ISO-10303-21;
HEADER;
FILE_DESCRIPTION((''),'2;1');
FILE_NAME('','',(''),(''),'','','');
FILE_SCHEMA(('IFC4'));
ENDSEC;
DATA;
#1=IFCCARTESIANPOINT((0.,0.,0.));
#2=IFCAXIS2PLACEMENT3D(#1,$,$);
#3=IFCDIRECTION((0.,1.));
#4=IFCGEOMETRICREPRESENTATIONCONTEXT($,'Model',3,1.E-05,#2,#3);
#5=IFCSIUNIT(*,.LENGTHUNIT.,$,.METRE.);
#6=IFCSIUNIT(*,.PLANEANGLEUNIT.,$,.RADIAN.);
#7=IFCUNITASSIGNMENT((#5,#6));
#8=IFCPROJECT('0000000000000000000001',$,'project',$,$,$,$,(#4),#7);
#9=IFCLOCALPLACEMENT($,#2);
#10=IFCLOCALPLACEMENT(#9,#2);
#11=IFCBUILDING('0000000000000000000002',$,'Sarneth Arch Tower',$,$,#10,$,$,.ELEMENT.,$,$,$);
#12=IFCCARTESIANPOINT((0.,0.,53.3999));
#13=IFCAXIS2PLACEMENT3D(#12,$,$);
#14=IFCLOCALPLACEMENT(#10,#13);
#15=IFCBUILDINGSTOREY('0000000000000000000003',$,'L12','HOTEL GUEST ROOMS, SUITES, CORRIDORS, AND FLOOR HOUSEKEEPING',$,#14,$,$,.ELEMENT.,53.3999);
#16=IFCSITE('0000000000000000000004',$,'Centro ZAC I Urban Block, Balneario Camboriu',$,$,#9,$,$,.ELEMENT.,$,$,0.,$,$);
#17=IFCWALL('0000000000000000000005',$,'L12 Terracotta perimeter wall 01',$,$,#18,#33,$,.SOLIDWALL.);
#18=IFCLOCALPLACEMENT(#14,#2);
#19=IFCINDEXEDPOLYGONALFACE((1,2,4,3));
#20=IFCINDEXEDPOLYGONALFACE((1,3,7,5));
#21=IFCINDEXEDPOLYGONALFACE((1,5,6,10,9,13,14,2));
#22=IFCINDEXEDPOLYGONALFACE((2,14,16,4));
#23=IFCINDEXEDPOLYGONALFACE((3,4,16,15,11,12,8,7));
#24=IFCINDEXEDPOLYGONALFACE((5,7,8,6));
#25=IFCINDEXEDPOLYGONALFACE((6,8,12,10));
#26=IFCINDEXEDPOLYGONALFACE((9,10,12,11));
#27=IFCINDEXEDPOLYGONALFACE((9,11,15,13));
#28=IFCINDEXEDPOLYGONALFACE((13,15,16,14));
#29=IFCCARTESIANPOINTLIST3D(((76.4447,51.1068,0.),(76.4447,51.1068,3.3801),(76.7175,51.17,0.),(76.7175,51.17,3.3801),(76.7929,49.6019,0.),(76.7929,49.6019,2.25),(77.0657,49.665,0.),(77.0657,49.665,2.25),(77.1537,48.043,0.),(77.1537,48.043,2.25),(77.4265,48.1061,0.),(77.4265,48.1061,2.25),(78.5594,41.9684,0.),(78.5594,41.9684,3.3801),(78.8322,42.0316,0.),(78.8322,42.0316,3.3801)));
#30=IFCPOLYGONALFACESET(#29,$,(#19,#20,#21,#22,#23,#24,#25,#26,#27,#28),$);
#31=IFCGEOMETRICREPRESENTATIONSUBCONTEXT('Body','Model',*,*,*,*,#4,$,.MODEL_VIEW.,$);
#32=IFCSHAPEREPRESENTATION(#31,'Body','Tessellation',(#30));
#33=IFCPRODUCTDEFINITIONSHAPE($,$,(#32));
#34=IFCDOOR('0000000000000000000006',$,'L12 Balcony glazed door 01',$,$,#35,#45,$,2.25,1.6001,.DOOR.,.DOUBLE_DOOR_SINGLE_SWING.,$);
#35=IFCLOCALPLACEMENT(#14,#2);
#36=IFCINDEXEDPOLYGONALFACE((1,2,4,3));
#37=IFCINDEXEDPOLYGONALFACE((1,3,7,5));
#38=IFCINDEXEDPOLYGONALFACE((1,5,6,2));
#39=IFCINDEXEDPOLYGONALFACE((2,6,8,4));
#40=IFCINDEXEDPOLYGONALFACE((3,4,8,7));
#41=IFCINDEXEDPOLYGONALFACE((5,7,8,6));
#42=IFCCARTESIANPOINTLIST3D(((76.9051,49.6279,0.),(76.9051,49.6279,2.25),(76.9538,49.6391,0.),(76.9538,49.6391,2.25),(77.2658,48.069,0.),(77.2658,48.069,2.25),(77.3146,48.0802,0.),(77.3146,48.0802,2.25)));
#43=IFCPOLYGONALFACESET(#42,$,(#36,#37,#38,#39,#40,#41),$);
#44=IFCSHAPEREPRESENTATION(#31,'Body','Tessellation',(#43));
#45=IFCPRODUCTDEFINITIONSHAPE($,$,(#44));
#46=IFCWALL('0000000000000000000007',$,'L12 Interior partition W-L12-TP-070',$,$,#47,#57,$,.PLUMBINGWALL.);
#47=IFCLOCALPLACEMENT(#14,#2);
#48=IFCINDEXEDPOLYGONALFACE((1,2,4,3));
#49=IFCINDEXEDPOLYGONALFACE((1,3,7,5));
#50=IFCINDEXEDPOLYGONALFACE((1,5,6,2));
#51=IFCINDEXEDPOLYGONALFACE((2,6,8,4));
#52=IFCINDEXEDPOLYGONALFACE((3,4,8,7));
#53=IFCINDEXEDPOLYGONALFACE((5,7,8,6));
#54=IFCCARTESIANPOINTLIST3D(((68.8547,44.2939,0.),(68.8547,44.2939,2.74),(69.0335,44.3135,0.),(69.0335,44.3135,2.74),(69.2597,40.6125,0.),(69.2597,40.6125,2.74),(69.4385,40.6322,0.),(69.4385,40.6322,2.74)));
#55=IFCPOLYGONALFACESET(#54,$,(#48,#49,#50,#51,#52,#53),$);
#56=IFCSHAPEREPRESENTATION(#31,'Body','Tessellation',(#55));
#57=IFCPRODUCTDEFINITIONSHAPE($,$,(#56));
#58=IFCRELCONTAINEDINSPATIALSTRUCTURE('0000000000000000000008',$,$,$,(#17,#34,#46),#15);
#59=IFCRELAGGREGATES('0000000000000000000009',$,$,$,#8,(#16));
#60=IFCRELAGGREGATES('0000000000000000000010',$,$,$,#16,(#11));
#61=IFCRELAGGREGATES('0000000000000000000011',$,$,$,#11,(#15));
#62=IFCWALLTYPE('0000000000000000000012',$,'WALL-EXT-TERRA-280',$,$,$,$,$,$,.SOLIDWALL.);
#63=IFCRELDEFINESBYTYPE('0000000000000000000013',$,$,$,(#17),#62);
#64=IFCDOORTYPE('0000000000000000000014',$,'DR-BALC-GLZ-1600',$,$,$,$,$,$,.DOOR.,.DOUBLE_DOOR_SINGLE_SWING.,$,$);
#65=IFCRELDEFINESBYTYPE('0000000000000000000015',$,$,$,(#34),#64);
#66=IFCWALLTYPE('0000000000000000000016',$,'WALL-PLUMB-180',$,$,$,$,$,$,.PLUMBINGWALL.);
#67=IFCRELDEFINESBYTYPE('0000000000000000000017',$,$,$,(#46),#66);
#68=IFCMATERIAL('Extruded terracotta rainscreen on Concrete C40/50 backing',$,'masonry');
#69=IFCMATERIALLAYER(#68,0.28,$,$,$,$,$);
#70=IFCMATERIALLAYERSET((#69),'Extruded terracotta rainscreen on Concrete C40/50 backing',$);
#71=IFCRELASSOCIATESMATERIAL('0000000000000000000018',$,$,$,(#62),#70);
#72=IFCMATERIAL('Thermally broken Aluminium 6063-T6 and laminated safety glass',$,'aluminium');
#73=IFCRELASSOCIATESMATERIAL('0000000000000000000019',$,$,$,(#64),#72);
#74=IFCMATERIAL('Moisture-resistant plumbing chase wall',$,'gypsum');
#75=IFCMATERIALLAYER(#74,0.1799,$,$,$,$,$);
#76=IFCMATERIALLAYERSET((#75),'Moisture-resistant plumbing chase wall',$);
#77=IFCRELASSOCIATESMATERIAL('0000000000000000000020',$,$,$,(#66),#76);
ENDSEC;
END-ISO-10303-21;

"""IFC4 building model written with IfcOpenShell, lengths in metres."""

from ifc_helpers import new_model, si_unit, direction, frame, frame_2d, origin, place, context, subcontext, project, spatial, rectangle, extrude, material, layer, layer_set, type_object, element, fill, save


model = new_model("IFC4")

# Units and contexts
model_context = context("Model", 3, precision=1e-05, world=origin(), true_north=direction((0.0, 1.0)))
body_context = subcontext(model_context, "Body", "Model", "MODEL_VIEW")
ifc_project = project(units=[si_unit("LENGTHUNIT", "METRE"), si_unit("PLANEANGLEUNIT", "RADIAN")], contexts=[model_context])

# Site, building, storey
site_placement = place(None, origin())
site = spatial("IfcSite", under=ifc_project, at=site_placement, Name="Centro ZAC I Urban Block, Balneario Camboriu", CompositionType="ELEMENT", RefElevation=0.0)
building_placement = place(site_placement, origin())
building = spatial("IfcBuilding", under=site, at=building_placement, Name="Sarneth Arch Tower", CompositionType="ELEMENT")
storey_placement = place(building_placement, frame((0.0, 0.0, 53.3999)))
storey = spatial("IfcBuildingStorey", under=building, at=storey_placement, Name="L12", Description="HOTEL GUEST ROOMS, SUITES, CORRIDORS, AND FLOOR HOUSEKEEPING", CompositionType="ELEMENT", Elevation=53.3999)

# Wall, opening, door
ifc_material_1 = material(Name="Extruded terracotta rainscreen on Concrete C40/50 backing", Category="masonry")
ifc_layer_1 = layer(ifc_material_1, 0.28)
ifc_layer_set_1 = layer_set([ifc_layer_1], Name="Extruded terracotta rainscreen on Concrete C40/50 backing")
wall_type_1 = type_object("IfcWallType", Name="WALL-EXT-TERRA-280", PredefinedType="SOLIDWALL", material=ifc_layer_set_1)
wall_1_placement = place(storey_placement, frame((78.6958, 42.0, 0.0), z_axis=(0.0, 0.0, 1.0), x_axis=(-0.225454, 0.974254, 0.0)))
wall_1 = element("IfcWall", 1, at=wall_1_placement, inside=storey, type_object=wall_type_1, Name="L12 Terracotta perimeter wall 01", PredefinedType="SOLIDWALL", context=body_context, shape_type="SweptSolid", body=[
    extrude(rectangle(XDim=9.3799, YDim=0.28, at=frame_2d((4.6899, 0.0))), origin(), (0.0, 0.0, 1.0), 3.3801),
])
opening_placement = place(wall_1_placement, frame((6.2351, 0.0, 0.0)))
opening = element("IfcOpeningElement", 2, at=opening_placement, cuts=wall_1, PredefinedType="OPENING", context=body_context, shape_type="SweptSolid", body=[
    extrude(rectangle(XDim=1.6001, YDim=2.25, at=frame_2d((0.8, 1.125))), frame((0.0, 0.1499, 0.0), z_axis=(0.0, -1.0, 0.0), x_axis=(1.0, 0.0, 0.0)), (0.0, 0.0, 1.0), 0.3),
])
ifc_material_2 = material(Name="Thermally broken Aluminium 6063-T6 and laminated safety glass", Category="aluminium")
door_type = type_object("IfcDoorType", Name="DR-BALC-GLZ-1600", OperationType="DOUBLE_DOOR_SINGLE_SWING", PredefinedType="DOOR", material=ifc_material_2)
door_placement = place(opening_placement, origin())
door = element("IfcDoor", 3, at=door_placement, inside=storey, type_object=door_type, Name="L12 Balcony glazed door 01", OperationType="DOUBLE_DOOR_SINGLE_SWING", OverallHeight=2.25, OverallWidth=1.6001, PredefinedType="DOOR", context=body_context, shape_type="SweptSolid", body=[
    extrude(rectangle(XDim=1.6001, YDim=2.25, at=frame_2d((0.8, 1.125))), frame((0.0, 0.0249, 0.0), z_axis=(0.0, -1.0, 0.0), x_axis=(1.0, 0.0, 0.0)), (0.0, 0.0, 1.0), 0.05),
])
fill(opening, door)

# Wall
ifc_material_3 = material(Name="Moisture-resistant plumbing chase wall", Category="gypsum")
ifc_layer_2 = layer(ifc_material_3, 0.1799)
ifc_layer_set_2 = layer_set([ifc_layer_2], Name="Moisture-resistant plumbing chase wall")
wall_type_2 = type_object("IfcWallType", Name="WALL-PLUMB-180", PredefinedType="PLUMBINGWALL", material=ifc_layer_set_2)
wall_2_placement = place(storey_placement, frame((68.9441, 44.3037, 0.0), z_axis=(0.0, 0.0, 1.0), x_axis=(0.109361, -0.994002, 0.0)))
element("IfcWall", 4, at=wall_2_placement, inside=storey, type_object=wall_type_2, Name="L12 Interior partition W-L12-TP-070", PredefinedType="PLUMBINGWALL", context=body_context, shape_type="SweptSolid", body=[
    extrude(rectangle(XDim=3.7036, YDim=0.1799, at=frame_2d((1.8518, 0.0))), origin(), (0.0, 0.0, 1.0), 2.74),
])

save(model, "model.ifc")
